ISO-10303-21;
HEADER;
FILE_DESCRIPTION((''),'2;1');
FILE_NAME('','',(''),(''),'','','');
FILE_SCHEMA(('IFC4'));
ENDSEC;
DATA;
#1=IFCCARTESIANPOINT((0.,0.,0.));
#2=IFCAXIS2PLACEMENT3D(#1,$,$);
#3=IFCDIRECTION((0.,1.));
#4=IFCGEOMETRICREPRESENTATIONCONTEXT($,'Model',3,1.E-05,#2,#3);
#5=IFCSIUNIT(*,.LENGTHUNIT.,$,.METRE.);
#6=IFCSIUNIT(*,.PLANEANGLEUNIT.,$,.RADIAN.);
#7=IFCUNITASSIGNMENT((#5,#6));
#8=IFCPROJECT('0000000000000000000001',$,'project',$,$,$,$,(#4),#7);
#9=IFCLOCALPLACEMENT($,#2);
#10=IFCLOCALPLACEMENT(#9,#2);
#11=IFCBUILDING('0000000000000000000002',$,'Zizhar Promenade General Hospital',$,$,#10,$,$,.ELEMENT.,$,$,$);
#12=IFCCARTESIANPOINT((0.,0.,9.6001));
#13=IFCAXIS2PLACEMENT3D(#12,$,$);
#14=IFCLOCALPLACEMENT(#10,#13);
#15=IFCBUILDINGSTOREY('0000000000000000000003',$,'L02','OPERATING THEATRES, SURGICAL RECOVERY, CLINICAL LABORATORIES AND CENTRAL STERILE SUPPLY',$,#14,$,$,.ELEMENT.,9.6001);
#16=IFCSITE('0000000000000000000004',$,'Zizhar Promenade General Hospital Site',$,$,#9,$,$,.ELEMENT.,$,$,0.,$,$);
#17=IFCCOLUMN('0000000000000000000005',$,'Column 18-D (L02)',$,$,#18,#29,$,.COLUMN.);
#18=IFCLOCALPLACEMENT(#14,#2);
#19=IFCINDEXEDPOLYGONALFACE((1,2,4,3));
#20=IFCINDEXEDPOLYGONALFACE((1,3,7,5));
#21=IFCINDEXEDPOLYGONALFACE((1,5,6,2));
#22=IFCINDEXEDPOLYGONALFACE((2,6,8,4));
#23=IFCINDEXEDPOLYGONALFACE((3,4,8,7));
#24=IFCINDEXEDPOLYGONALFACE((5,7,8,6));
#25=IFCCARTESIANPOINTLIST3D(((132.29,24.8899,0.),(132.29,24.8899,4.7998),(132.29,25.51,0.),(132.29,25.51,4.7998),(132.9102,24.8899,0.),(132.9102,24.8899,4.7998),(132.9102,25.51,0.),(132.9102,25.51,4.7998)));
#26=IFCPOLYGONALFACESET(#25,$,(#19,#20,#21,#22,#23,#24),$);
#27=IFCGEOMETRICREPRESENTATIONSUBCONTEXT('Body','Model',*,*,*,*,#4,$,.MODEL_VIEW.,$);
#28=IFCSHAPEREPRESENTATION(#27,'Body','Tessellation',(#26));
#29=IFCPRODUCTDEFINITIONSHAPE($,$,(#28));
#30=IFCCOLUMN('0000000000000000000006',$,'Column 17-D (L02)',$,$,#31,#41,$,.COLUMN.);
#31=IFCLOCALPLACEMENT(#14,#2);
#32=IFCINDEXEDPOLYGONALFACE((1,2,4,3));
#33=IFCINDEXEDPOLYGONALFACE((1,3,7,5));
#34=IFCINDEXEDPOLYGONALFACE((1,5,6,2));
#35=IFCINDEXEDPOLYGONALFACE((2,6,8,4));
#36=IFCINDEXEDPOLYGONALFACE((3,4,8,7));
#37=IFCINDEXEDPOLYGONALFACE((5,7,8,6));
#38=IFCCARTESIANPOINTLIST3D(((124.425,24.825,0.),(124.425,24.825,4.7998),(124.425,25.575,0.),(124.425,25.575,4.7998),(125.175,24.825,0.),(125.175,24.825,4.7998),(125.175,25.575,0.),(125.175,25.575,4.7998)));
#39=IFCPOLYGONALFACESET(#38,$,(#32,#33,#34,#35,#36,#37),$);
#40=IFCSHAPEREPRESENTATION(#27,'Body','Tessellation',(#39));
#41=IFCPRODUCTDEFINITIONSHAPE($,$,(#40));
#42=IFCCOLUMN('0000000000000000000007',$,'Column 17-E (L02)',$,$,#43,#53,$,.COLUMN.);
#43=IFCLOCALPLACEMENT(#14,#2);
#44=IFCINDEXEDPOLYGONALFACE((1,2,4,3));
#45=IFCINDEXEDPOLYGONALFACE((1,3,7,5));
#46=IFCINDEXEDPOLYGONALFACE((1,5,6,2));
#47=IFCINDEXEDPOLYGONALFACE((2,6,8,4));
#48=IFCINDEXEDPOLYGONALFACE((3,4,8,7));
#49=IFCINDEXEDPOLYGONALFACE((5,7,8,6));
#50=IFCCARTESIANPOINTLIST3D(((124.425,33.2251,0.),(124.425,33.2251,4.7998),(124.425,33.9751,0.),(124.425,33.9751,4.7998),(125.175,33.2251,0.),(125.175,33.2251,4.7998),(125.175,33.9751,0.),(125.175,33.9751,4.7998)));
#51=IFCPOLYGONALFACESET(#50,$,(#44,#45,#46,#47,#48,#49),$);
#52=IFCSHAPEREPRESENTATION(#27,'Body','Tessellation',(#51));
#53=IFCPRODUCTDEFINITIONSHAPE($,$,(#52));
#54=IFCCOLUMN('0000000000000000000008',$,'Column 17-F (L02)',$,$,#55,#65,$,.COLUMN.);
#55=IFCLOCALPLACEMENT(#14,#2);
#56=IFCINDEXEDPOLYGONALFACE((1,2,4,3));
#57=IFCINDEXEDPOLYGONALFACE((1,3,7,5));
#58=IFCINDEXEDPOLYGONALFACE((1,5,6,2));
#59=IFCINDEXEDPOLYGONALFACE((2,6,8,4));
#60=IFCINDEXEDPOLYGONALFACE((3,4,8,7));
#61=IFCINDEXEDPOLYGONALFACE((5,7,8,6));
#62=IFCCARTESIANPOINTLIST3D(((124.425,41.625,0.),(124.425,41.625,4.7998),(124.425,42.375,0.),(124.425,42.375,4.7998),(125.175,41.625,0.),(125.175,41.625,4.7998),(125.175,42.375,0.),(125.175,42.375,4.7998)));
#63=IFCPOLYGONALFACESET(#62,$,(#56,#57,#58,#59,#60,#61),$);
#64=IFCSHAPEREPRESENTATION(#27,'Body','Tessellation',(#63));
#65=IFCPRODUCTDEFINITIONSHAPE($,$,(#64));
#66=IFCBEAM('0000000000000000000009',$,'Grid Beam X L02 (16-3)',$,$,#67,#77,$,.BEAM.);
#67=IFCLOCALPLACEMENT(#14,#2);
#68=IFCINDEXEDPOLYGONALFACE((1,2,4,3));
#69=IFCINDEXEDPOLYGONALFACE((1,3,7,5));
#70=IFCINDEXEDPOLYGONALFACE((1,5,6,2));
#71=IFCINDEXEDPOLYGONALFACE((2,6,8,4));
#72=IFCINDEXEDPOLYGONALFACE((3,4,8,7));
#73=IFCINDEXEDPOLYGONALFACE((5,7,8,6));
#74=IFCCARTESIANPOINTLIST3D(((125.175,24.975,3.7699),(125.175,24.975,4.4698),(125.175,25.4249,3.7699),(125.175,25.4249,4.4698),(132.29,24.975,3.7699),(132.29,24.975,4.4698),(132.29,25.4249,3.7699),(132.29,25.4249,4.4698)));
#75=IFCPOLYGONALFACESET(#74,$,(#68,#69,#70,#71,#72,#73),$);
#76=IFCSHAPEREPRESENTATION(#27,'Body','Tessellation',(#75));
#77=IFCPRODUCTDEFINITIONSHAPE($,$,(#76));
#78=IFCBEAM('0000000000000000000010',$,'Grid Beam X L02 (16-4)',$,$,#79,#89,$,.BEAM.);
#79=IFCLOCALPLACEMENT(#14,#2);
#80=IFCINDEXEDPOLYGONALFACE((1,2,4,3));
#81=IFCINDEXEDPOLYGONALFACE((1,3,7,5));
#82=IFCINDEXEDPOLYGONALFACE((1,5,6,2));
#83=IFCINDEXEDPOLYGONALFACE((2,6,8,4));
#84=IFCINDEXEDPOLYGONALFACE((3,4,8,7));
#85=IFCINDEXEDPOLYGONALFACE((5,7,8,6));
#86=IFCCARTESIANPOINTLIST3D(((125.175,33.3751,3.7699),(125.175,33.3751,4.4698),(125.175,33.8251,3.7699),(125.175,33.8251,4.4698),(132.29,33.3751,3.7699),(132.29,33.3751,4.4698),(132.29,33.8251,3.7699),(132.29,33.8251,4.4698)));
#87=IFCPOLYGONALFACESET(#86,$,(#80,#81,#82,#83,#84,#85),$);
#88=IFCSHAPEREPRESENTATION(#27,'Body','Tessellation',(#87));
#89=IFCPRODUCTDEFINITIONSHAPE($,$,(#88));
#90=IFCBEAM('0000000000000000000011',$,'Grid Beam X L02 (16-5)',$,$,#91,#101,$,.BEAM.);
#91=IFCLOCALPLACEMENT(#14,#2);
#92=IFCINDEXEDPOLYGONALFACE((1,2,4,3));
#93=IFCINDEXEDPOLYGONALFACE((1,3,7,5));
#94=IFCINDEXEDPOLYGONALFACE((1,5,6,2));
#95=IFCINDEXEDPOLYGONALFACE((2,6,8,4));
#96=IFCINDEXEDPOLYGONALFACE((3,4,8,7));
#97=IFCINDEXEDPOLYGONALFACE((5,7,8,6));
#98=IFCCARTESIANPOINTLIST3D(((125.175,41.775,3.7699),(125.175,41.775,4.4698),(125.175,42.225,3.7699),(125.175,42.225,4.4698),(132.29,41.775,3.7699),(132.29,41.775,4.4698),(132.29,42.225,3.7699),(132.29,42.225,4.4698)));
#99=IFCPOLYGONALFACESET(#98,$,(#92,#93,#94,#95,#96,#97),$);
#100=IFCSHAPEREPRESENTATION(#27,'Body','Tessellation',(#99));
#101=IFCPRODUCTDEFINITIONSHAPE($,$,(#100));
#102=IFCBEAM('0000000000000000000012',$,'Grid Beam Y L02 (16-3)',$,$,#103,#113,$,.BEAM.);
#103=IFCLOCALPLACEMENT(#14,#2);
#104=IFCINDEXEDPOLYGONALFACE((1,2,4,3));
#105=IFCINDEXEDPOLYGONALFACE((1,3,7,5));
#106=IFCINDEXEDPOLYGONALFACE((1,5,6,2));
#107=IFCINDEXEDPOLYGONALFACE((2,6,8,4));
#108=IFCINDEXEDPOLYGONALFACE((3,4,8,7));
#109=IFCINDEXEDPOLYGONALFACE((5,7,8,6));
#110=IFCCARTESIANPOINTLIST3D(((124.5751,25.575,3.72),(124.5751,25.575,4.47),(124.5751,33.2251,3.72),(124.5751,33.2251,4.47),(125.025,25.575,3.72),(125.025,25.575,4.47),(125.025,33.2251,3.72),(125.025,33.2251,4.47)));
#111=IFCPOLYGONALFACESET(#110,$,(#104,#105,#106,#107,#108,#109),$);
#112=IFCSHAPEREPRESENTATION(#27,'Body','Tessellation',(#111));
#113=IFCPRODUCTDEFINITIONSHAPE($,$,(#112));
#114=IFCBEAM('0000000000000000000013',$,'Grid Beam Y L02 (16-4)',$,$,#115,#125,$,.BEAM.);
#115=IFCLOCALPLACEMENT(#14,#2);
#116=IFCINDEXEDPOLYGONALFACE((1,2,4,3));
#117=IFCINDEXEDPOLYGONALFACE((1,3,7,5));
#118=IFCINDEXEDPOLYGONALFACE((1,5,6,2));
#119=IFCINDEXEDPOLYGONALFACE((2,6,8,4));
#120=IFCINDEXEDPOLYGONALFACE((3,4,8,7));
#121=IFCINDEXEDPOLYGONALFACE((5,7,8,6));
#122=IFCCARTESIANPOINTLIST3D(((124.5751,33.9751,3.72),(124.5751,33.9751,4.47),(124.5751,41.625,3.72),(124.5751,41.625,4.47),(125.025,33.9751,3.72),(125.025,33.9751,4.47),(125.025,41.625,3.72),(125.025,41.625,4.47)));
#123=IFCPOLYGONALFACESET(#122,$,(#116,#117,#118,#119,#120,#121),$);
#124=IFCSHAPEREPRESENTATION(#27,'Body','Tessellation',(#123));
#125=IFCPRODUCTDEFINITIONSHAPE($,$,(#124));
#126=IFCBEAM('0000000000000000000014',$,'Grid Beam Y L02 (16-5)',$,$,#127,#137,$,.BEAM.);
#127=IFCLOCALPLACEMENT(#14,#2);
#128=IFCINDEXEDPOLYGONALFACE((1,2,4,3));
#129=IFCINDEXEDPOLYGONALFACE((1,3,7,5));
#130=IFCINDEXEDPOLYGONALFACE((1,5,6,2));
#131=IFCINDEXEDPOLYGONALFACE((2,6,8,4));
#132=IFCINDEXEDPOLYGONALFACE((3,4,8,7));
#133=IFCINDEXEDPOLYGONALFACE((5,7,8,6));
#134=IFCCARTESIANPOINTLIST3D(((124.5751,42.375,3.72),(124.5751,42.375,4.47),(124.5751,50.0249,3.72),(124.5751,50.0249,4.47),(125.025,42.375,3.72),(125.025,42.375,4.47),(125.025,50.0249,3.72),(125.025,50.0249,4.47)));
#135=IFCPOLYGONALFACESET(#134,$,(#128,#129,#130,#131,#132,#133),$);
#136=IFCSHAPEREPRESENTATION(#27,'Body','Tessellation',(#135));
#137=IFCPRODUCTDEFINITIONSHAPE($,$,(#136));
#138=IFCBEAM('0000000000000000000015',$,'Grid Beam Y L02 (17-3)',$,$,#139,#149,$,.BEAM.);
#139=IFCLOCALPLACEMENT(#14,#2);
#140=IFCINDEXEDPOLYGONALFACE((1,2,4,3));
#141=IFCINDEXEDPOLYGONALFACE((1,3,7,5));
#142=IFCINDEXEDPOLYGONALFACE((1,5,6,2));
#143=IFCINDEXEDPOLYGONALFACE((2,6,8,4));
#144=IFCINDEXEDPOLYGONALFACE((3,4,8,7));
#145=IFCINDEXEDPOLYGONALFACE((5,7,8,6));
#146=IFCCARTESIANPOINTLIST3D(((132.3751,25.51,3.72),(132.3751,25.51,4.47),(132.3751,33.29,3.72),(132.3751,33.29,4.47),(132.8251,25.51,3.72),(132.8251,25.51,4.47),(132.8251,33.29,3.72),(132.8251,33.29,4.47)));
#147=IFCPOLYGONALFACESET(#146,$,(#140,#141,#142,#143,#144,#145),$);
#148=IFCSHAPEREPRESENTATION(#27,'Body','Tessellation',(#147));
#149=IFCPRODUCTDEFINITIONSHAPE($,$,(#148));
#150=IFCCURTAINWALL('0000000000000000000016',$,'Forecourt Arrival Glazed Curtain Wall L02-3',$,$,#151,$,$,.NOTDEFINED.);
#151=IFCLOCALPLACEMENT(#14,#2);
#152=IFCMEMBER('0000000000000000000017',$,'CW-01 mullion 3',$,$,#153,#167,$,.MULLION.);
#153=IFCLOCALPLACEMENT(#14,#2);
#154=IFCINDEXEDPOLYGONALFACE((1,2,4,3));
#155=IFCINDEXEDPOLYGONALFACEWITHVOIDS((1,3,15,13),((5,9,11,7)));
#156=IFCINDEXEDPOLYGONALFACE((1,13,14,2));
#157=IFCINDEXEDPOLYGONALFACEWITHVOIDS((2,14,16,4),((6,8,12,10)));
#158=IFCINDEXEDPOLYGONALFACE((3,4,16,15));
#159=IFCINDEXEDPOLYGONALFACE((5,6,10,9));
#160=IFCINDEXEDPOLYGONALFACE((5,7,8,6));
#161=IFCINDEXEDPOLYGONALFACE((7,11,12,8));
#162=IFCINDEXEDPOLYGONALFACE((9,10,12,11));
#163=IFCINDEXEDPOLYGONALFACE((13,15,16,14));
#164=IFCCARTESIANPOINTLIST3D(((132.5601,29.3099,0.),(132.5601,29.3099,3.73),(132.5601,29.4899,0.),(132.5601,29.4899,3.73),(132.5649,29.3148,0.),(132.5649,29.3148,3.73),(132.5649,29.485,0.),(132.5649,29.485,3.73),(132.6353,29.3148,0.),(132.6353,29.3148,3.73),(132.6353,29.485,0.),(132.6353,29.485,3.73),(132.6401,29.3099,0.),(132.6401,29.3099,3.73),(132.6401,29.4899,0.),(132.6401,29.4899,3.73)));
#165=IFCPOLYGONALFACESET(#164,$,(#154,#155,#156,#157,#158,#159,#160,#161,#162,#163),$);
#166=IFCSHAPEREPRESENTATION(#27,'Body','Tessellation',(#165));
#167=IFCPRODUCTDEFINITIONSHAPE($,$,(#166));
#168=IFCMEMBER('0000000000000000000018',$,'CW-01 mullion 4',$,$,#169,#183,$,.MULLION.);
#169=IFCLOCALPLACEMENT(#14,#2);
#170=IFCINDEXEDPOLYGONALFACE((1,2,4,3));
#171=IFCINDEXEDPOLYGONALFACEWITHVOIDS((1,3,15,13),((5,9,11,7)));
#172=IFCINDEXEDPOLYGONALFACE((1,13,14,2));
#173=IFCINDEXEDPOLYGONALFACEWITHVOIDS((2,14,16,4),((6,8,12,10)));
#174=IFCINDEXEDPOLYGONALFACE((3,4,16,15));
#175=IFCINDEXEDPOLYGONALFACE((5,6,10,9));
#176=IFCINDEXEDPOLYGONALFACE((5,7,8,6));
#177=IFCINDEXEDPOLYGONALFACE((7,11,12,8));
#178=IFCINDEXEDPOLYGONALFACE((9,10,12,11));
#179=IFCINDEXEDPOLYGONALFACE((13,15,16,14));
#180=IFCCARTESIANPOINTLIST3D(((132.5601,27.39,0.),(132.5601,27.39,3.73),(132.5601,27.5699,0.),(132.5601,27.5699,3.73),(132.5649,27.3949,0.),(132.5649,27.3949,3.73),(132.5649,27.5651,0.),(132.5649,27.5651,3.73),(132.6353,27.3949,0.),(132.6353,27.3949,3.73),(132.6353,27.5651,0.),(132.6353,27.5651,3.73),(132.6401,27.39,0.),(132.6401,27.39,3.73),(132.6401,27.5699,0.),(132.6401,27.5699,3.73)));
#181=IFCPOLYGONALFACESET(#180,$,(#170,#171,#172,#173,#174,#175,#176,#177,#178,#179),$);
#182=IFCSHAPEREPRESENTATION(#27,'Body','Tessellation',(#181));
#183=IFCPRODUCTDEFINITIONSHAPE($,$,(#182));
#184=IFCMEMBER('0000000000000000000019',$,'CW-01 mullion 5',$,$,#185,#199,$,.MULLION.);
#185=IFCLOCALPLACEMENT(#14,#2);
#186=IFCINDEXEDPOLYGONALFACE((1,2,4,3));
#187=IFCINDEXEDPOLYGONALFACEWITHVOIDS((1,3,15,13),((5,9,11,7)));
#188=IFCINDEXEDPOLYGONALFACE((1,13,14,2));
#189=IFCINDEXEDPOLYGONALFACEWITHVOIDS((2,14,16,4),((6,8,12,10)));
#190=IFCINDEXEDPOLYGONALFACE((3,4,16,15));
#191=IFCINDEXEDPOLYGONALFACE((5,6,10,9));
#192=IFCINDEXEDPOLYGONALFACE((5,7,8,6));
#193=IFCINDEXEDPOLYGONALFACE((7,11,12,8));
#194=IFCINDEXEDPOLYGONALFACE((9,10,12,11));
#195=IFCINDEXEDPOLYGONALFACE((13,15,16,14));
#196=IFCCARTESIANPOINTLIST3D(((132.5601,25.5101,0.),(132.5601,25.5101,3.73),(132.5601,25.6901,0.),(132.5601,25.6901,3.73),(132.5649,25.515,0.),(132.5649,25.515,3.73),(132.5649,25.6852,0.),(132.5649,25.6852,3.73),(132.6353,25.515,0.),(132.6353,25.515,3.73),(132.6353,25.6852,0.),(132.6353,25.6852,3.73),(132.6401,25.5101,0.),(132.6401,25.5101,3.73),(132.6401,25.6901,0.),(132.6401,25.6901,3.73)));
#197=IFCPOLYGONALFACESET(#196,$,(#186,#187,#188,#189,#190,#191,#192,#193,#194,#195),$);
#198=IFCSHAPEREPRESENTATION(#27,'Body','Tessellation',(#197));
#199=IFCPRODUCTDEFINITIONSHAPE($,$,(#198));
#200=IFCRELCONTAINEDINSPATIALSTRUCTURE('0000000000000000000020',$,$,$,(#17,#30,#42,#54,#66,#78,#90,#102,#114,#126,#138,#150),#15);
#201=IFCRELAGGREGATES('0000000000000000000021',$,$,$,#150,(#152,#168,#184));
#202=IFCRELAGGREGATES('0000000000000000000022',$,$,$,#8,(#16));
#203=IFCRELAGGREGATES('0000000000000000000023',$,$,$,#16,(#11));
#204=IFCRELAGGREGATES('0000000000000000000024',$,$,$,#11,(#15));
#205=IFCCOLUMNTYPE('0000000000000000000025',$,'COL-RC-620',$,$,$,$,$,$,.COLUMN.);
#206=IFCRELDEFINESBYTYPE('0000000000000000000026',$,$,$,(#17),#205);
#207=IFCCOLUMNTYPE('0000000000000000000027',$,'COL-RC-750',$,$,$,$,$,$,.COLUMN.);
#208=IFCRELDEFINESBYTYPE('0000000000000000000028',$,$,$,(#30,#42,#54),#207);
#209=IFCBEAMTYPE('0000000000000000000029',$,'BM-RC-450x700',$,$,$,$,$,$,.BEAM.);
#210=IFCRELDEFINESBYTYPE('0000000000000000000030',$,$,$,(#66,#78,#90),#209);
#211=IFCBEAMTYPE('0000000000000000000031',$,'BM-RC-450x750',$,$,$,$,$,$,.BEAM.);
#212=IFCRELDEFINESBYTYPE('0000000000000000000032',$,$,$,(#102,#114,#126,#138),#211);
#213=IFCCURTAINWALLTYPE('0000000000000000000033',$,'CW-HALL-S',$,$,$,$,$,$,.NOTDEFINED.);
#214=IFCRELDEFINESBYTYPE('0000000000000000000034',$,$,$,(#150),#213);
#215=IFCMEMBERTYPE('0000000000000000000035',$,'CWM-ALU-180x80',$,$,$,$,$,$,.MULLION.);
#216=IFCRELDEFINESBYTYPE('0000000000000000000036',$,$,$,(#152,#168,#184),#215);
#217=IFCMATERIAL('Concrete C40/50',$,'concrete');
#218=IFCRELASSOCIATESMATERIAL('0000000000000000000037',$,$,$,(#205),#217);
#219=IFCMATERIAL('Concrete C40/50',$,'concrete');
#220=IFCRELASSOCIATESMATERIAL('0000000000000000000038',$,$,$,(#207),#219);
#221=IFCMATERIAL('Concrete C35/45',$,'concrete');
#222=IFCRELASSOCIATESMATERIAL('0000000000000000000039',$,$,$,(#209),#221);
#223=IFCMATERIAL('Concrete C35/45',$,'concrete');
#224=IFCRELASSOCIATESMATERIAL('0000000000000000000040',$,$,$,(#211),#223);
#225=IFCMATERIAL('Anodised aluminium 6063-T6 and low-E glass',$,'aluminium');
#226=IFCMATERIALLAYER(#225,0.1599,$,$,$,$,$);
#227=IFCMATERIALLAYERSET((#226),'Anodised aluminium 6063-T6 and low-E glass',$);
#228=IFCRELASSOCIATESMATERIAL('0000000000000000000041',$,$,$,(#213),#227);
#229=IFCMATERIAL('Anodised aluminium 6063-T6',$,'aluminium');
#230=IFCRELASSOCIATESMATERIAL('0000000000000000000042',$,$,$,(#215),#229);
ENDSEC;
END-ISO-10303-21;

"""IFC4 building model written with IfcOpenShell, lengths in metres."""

from ifc_helpers import new_model, si_unit, direction, frame, origin, origin_2d, place, context, subcontext, project, spatial, rectangle, hollow_rectangle, extrude, material, layer, layer_set, material_profile, profile_set, type_object, element, aggregate, save


model = new_model("IFC4")

# Units and contexts
model_context = context("Model", 3, precision=1e-05, world=origin(), true_north=direction((0.0, 1.0)))
body_context = subcontext(model_context, "Body", "Model", "MODEL_VIEW")
ifc_project = project(units=[si_unit("LENGTHUNIT", "METRE"), si_unit("PLANEANGLEUNIT", "RADIAN")], contexts=[model_context])

# Site, building, storey
site_placement = place(None, origin())
site = spatial("IfcSite", under=ifc_project, at=site_placement, Name="Zizhar Promenade General Hospital Site", CompositionType="ELEMENT", RefElevation=0.0)
building_placement = place(site_placement, origin())
building = spatial("IfcBuilding", under=site, at=building_placement, Name="Zizhar Promenade General Hospital", CompositionType="ELEMENT")
storey_placement = place(building_placement, frame((0.0, 0.0, 9.6001)))
storey = spatial("IfcBuildingStorey", under=building, at=storey_placement, Name="L02", Description="OPERATING THEATRES, SURGICAL RECOVERY, CLINICAL LABORATORIES AND CENTRAL STERILE SUPPLY", CompositionType="ELEMENT", Elevation=9.6001)

# Columns
ifc_material_1 = material(Name="Concrete C40/50", Category="concrete")
ifc_material_profile_1 = material_profile(ifc_material_1, rectangle(XDim=0.6201, YDim=0.6201, at=origin_2d()))
ifc_profile_set_1 = profile_set([ifc_material_profile_1], Name="Concrete C40/50")
column_type_1 = type_object("IfcColumnType", Name="COL-RC-620", PredefinedType="COLUMN", material=ifc_profile_set_1)
column_placement = place(storey_placement, frame((132.6001, 25.2, 0.0), z_axis=(0.0, 0.0, 1.0), x_axis=(1.0, 0.0, 0.0)))
element("IfcColumn", 1, at=column_placement, inside=storey, type_object=column_type_1, Name="Column 18-D (L02)", PredefinedType="COLUMN", context=body_context, shape_type="SweptSolid", body=[
    extrude(rectangle(XDim=0.6201, YDim=0.6201, at=origin_2d()), origin(), (0.0, 0.0, 1.0), 4.7998),
])
ifc_material_2 = material(Name="Concrete C40/50", Category="concrete")
ifc_material_profile_2 = material_profile(ifc_material_2, rectangle(XDim=0.75, YDim=0.75, at=origin_2d()))
ifc_profile_set_2 = profile_set([ifc_material_profile_2], Name="Concrete C40/50")
column_type_2 = type_object("IfcColumnType", Name="COL-RC-750", PredefinedType="COLUMN", material=ifc_profile_set_2)
for number, where, z_axis, x_axis, name in (
    (2, (124.8, 25.2, 0.0), (0.0, 0.0, 1.0), (1.0, 0.0, 0.0), "Column 17-D (L02)"),
    (3, (124.8, 33.6001, 0.0), (0.0, 0.0, 1.0), (1.0, 0.0, 0.0), "Column 17-E (L02)"),
    (4, (124.8, 42.0, 0.0), (0.0, 0.0, 1.0), (1.0, 0.0, 0.0), "Column 17-F (L02)"),
):
    element("IfcColumn", number, at=place(storey_placement, frame(where, z_axis=z_axis, x_axis=x_axis)), inside=storey, type_object=column_type_2, Name=name, PredefinedType="COLUMN", context=body_context, shape_type="SweptSolid", body=[
        extrude(rectangle(XDim=0.75, YDim=0.75, at=origin_2d()), origin(), (0.0, 0.0, 1.0), 4.7998),
    ])

# Beams
ifc_material_3 = material(Name="Concrete C35/45", Category="concrete")
ifc_material_profile_3 = material_profile(ifc_material_3, rectangle(XDim=0.45, YDim=0.7, at=origin_2d()))
ifc_profile_set_3 = profile_set([ifc_material_profile_3], Name="Concrete C35/45")
beam_type_1 = type_object("IfcBeamType", Name="BM-RC-450x700", PredefinedType="BEAM", material=ifc_profile_set_3)
for number, where, z_axis, x_axis, name in (
    (5, (125.175, 25.2, 4.1199), (1.0, 0.0, 0.0), (0.0, 1.0, 0.0), "Grid Beam X L02 (16-3)"),
    (6, (125.175, 33.6001, 4.1199), (1.0, 0.0, 0.0), (0.0, 1.0, 0.0), "Grid Beam X L02 (16-4)"),
    (7, (125.175, 42.0, 4.1199), (1.0, 0.0, 0.0), (0.0, 1.0, 0.0), "Grid Beam X L02 (16-5)"),
):
    element("IfcBeam", number, at=place(storey_placement, frame(where, z_axis=z_axis, x_axis=x_axis)), inside=storey, type_object=beam_type_1, Name=name, PredefinedType="BEAM", context=body_context, shape_type="SweptSolid", body=[
        extrude(rectangle(XDim=0.45, YDim=0.7, at=origin_2d()), origin(), (0.0, 0.0, 1.0), 7.115),
    ])
ifc_material_4 = material(Name="Concrete C35/45", Category="concrete")
ifc_material_profile_4 = material_profile(ifc_material_4, rectangle(XDim=0.45, YDim=0.75, at=origin_2d()))
ifc_profile_set_4 = profile_set([ifc_material_profile_4], Name="Concrete C35/45")
beam_type_2 = type_object("IfcBeamType", Name="BM-RC-450x750", PredefinedType="BEAM", material=ifc_profile_set_4)
beam_1_placement = place(storey_placement, frame((124.8, 25.575, 4.095), z_axis=(0.0, 1.0, 0.0), x_axis=(-1.0, 0.0, 0.0)))
element("IfcBeam", 8, at=beam_1_placement, inside=storey, type_object=beam_type_2, Name="Grid Beam Y L02 (16-3)", PredefinedType="BEAM", context=body_context, shape_type="SweptSolid", body=[
    extrude(rectangle(XDim=0.45, YDim=0.75, at=origin_2d()), origin(), (0.0, 0.0, 1.0), 7.6501),
])
for number, where, z_axis, x_axis, name in (
    (9, (124.8, 33.9751, 4.095), (0.0, 1.0, 0.0), (-1.0, 0.0, 0.0), "Grid Beam Y L02 (16-4)"),
    (10, (124.8, 42.375, 4.095), (0.0, 1.0, 0.0), (-1.0, 0.0, 0.0), "Grid Beam Y L02 (16-5)"),
):
    element("IfcBeam", number, at=place(storey_placement, frame(where, z_axis=z_axis, x_axis=x_axis)), inside=storey, type_object=beam_type_2, Name=name, PredefinedType="BEAM", context=body_context, shape_type="SweptSolid", body=[
        extrude(rectangle(XDim=0.45, YDim=0.75, at=origin_2d()), origin(), (0.0, 0.0, 1.0), 7.6499),
    ])
beam_2_placement = place(storey_placement, frame((132.6001, 25.51, 4.095), z_axis=(0.0, 1.0, 0.0), x_axis=(-1.0, 0.0, 0.0)))
element("IfcBeam", 11, at=beam_2_placement, inside=storey, type_object=beam_type_2, Name="Grid Beam Y L02 (17-3)", PredefinedType="BEAM", context=body_context, shape_type="SweptSolid", body=[
    extrude(rectangle(XDim=0.45, YDim=0.75, at=origin_2d()), origin(), (0.0, 0.0, 1.0), 7.78),
])

# Curtain wall, members
ifc_material_5 = material(Name="Anodised aluminium 6063-T6 and low-E glass", Category="aluminium")
ifc_layer_1 = layer(ifc_material_5, 0.1599)
ifc_layer_set_1 = layer_set([ifc_layer_1], Name="Anodised aluminium 6063-T6 and low-E glass")
curtain_wall_type = type_object("IfcCurtainWallType", Name="CW-HALL-S", PredefinedType="NOTDEFINED", material=ifc_layer_set_1)
curtain_wall_placement = place(storey_placement, origin())
curtain_wall = element("IfcCurtainWall", 12, at=curtain_wall_placement, inside=storey, type_object=curtain_wall_type, Name="Forecourt Arrival Glazed Curtain Wall L02-3", PredefinedType="NOTDEFINED")
ifc_material_6 = material(Name="Anodised aluminium 6063-T6", Category="aluminium")
ifc_material_profile_5 = material_profile(ifc_material_6, hollow_rectangle(XDim=0.0801, YDim=0.1799, WallThickness=0.0049, at=origin_2d()))
ifc_profile_set_5 = profile_set([ifc_material_profile_5], Name="Anodised aluminium 6063-T6")
member_type_1 = type_object("IfcMemberType", Name="CWM-ALU-180x80", PredefinedType="MULLION", material=ifc_profile_set_5)
member_1_placement = place(storey_placement, frame((132.6001, 29.3999, 0.0), z_axis=(0.0, 0.0, 1.0), x_axis=(1.0, 0.0, 0.0)))
member_1 = element("IfcMember", 13, at=member_1_placement, type_object=member_type_1, Name="CW-01 mullion 3", PredefinedType="MULLION", context=body_context, shape_type="SweptSolid", body=[
    extrude(hollow_rectangle(XDim=0.0801, YDim=0.1799, WallThickness=0.0049, at=origin_2d()), origin(), (0.0, 0.0, 1.0), 3.73),
])
member_2_placement = place(storey_placement, frame((132.6001, 27.48, 0.0), z_axis=(0.0, 0.0, 1.0), x_axis=(1.0, 0.0, 0.0)))
member_2 = element("IfcMember", 14, at=member_2_placement, type_object=member_type_1, Name="CW-01 mullion 4", PredefinedType="MULLION", context=body_context, shape_type="SweptSolid", body=[
    extrude(hollow_rectangle(XDim=0.0801, YDim=0.1799, WallThickness=0.0049, at=origin_2d()), origin(), (0.0, 0.0, 1.0), 3.73),
])
member_3_placement = place(storey_placement, frame((132.6001, 25.6001, 0.0), z_axis=(0.0, 0.0, 1.0), x_axis=(1.0, 0.0, 0.0)))
member_3 = element("IfcMember", 15, at=member_3_placement, type_object=member_type_1, Name="CW-01 mullion 5", PredefinedType="MULLION", context=body_context, shape_type="SweptSolid", body=[
    extrude(hollow_rectangle(XDim=0.0801, YDim=0.1799, WallThickness=0.0049, at=origin_2d()), origin(), (0.0, 0.0, 1.0), 3.73),
])
aggregate(curtain_wall, [member_1, member_2, member_3])

save(model, "model.ifc")
